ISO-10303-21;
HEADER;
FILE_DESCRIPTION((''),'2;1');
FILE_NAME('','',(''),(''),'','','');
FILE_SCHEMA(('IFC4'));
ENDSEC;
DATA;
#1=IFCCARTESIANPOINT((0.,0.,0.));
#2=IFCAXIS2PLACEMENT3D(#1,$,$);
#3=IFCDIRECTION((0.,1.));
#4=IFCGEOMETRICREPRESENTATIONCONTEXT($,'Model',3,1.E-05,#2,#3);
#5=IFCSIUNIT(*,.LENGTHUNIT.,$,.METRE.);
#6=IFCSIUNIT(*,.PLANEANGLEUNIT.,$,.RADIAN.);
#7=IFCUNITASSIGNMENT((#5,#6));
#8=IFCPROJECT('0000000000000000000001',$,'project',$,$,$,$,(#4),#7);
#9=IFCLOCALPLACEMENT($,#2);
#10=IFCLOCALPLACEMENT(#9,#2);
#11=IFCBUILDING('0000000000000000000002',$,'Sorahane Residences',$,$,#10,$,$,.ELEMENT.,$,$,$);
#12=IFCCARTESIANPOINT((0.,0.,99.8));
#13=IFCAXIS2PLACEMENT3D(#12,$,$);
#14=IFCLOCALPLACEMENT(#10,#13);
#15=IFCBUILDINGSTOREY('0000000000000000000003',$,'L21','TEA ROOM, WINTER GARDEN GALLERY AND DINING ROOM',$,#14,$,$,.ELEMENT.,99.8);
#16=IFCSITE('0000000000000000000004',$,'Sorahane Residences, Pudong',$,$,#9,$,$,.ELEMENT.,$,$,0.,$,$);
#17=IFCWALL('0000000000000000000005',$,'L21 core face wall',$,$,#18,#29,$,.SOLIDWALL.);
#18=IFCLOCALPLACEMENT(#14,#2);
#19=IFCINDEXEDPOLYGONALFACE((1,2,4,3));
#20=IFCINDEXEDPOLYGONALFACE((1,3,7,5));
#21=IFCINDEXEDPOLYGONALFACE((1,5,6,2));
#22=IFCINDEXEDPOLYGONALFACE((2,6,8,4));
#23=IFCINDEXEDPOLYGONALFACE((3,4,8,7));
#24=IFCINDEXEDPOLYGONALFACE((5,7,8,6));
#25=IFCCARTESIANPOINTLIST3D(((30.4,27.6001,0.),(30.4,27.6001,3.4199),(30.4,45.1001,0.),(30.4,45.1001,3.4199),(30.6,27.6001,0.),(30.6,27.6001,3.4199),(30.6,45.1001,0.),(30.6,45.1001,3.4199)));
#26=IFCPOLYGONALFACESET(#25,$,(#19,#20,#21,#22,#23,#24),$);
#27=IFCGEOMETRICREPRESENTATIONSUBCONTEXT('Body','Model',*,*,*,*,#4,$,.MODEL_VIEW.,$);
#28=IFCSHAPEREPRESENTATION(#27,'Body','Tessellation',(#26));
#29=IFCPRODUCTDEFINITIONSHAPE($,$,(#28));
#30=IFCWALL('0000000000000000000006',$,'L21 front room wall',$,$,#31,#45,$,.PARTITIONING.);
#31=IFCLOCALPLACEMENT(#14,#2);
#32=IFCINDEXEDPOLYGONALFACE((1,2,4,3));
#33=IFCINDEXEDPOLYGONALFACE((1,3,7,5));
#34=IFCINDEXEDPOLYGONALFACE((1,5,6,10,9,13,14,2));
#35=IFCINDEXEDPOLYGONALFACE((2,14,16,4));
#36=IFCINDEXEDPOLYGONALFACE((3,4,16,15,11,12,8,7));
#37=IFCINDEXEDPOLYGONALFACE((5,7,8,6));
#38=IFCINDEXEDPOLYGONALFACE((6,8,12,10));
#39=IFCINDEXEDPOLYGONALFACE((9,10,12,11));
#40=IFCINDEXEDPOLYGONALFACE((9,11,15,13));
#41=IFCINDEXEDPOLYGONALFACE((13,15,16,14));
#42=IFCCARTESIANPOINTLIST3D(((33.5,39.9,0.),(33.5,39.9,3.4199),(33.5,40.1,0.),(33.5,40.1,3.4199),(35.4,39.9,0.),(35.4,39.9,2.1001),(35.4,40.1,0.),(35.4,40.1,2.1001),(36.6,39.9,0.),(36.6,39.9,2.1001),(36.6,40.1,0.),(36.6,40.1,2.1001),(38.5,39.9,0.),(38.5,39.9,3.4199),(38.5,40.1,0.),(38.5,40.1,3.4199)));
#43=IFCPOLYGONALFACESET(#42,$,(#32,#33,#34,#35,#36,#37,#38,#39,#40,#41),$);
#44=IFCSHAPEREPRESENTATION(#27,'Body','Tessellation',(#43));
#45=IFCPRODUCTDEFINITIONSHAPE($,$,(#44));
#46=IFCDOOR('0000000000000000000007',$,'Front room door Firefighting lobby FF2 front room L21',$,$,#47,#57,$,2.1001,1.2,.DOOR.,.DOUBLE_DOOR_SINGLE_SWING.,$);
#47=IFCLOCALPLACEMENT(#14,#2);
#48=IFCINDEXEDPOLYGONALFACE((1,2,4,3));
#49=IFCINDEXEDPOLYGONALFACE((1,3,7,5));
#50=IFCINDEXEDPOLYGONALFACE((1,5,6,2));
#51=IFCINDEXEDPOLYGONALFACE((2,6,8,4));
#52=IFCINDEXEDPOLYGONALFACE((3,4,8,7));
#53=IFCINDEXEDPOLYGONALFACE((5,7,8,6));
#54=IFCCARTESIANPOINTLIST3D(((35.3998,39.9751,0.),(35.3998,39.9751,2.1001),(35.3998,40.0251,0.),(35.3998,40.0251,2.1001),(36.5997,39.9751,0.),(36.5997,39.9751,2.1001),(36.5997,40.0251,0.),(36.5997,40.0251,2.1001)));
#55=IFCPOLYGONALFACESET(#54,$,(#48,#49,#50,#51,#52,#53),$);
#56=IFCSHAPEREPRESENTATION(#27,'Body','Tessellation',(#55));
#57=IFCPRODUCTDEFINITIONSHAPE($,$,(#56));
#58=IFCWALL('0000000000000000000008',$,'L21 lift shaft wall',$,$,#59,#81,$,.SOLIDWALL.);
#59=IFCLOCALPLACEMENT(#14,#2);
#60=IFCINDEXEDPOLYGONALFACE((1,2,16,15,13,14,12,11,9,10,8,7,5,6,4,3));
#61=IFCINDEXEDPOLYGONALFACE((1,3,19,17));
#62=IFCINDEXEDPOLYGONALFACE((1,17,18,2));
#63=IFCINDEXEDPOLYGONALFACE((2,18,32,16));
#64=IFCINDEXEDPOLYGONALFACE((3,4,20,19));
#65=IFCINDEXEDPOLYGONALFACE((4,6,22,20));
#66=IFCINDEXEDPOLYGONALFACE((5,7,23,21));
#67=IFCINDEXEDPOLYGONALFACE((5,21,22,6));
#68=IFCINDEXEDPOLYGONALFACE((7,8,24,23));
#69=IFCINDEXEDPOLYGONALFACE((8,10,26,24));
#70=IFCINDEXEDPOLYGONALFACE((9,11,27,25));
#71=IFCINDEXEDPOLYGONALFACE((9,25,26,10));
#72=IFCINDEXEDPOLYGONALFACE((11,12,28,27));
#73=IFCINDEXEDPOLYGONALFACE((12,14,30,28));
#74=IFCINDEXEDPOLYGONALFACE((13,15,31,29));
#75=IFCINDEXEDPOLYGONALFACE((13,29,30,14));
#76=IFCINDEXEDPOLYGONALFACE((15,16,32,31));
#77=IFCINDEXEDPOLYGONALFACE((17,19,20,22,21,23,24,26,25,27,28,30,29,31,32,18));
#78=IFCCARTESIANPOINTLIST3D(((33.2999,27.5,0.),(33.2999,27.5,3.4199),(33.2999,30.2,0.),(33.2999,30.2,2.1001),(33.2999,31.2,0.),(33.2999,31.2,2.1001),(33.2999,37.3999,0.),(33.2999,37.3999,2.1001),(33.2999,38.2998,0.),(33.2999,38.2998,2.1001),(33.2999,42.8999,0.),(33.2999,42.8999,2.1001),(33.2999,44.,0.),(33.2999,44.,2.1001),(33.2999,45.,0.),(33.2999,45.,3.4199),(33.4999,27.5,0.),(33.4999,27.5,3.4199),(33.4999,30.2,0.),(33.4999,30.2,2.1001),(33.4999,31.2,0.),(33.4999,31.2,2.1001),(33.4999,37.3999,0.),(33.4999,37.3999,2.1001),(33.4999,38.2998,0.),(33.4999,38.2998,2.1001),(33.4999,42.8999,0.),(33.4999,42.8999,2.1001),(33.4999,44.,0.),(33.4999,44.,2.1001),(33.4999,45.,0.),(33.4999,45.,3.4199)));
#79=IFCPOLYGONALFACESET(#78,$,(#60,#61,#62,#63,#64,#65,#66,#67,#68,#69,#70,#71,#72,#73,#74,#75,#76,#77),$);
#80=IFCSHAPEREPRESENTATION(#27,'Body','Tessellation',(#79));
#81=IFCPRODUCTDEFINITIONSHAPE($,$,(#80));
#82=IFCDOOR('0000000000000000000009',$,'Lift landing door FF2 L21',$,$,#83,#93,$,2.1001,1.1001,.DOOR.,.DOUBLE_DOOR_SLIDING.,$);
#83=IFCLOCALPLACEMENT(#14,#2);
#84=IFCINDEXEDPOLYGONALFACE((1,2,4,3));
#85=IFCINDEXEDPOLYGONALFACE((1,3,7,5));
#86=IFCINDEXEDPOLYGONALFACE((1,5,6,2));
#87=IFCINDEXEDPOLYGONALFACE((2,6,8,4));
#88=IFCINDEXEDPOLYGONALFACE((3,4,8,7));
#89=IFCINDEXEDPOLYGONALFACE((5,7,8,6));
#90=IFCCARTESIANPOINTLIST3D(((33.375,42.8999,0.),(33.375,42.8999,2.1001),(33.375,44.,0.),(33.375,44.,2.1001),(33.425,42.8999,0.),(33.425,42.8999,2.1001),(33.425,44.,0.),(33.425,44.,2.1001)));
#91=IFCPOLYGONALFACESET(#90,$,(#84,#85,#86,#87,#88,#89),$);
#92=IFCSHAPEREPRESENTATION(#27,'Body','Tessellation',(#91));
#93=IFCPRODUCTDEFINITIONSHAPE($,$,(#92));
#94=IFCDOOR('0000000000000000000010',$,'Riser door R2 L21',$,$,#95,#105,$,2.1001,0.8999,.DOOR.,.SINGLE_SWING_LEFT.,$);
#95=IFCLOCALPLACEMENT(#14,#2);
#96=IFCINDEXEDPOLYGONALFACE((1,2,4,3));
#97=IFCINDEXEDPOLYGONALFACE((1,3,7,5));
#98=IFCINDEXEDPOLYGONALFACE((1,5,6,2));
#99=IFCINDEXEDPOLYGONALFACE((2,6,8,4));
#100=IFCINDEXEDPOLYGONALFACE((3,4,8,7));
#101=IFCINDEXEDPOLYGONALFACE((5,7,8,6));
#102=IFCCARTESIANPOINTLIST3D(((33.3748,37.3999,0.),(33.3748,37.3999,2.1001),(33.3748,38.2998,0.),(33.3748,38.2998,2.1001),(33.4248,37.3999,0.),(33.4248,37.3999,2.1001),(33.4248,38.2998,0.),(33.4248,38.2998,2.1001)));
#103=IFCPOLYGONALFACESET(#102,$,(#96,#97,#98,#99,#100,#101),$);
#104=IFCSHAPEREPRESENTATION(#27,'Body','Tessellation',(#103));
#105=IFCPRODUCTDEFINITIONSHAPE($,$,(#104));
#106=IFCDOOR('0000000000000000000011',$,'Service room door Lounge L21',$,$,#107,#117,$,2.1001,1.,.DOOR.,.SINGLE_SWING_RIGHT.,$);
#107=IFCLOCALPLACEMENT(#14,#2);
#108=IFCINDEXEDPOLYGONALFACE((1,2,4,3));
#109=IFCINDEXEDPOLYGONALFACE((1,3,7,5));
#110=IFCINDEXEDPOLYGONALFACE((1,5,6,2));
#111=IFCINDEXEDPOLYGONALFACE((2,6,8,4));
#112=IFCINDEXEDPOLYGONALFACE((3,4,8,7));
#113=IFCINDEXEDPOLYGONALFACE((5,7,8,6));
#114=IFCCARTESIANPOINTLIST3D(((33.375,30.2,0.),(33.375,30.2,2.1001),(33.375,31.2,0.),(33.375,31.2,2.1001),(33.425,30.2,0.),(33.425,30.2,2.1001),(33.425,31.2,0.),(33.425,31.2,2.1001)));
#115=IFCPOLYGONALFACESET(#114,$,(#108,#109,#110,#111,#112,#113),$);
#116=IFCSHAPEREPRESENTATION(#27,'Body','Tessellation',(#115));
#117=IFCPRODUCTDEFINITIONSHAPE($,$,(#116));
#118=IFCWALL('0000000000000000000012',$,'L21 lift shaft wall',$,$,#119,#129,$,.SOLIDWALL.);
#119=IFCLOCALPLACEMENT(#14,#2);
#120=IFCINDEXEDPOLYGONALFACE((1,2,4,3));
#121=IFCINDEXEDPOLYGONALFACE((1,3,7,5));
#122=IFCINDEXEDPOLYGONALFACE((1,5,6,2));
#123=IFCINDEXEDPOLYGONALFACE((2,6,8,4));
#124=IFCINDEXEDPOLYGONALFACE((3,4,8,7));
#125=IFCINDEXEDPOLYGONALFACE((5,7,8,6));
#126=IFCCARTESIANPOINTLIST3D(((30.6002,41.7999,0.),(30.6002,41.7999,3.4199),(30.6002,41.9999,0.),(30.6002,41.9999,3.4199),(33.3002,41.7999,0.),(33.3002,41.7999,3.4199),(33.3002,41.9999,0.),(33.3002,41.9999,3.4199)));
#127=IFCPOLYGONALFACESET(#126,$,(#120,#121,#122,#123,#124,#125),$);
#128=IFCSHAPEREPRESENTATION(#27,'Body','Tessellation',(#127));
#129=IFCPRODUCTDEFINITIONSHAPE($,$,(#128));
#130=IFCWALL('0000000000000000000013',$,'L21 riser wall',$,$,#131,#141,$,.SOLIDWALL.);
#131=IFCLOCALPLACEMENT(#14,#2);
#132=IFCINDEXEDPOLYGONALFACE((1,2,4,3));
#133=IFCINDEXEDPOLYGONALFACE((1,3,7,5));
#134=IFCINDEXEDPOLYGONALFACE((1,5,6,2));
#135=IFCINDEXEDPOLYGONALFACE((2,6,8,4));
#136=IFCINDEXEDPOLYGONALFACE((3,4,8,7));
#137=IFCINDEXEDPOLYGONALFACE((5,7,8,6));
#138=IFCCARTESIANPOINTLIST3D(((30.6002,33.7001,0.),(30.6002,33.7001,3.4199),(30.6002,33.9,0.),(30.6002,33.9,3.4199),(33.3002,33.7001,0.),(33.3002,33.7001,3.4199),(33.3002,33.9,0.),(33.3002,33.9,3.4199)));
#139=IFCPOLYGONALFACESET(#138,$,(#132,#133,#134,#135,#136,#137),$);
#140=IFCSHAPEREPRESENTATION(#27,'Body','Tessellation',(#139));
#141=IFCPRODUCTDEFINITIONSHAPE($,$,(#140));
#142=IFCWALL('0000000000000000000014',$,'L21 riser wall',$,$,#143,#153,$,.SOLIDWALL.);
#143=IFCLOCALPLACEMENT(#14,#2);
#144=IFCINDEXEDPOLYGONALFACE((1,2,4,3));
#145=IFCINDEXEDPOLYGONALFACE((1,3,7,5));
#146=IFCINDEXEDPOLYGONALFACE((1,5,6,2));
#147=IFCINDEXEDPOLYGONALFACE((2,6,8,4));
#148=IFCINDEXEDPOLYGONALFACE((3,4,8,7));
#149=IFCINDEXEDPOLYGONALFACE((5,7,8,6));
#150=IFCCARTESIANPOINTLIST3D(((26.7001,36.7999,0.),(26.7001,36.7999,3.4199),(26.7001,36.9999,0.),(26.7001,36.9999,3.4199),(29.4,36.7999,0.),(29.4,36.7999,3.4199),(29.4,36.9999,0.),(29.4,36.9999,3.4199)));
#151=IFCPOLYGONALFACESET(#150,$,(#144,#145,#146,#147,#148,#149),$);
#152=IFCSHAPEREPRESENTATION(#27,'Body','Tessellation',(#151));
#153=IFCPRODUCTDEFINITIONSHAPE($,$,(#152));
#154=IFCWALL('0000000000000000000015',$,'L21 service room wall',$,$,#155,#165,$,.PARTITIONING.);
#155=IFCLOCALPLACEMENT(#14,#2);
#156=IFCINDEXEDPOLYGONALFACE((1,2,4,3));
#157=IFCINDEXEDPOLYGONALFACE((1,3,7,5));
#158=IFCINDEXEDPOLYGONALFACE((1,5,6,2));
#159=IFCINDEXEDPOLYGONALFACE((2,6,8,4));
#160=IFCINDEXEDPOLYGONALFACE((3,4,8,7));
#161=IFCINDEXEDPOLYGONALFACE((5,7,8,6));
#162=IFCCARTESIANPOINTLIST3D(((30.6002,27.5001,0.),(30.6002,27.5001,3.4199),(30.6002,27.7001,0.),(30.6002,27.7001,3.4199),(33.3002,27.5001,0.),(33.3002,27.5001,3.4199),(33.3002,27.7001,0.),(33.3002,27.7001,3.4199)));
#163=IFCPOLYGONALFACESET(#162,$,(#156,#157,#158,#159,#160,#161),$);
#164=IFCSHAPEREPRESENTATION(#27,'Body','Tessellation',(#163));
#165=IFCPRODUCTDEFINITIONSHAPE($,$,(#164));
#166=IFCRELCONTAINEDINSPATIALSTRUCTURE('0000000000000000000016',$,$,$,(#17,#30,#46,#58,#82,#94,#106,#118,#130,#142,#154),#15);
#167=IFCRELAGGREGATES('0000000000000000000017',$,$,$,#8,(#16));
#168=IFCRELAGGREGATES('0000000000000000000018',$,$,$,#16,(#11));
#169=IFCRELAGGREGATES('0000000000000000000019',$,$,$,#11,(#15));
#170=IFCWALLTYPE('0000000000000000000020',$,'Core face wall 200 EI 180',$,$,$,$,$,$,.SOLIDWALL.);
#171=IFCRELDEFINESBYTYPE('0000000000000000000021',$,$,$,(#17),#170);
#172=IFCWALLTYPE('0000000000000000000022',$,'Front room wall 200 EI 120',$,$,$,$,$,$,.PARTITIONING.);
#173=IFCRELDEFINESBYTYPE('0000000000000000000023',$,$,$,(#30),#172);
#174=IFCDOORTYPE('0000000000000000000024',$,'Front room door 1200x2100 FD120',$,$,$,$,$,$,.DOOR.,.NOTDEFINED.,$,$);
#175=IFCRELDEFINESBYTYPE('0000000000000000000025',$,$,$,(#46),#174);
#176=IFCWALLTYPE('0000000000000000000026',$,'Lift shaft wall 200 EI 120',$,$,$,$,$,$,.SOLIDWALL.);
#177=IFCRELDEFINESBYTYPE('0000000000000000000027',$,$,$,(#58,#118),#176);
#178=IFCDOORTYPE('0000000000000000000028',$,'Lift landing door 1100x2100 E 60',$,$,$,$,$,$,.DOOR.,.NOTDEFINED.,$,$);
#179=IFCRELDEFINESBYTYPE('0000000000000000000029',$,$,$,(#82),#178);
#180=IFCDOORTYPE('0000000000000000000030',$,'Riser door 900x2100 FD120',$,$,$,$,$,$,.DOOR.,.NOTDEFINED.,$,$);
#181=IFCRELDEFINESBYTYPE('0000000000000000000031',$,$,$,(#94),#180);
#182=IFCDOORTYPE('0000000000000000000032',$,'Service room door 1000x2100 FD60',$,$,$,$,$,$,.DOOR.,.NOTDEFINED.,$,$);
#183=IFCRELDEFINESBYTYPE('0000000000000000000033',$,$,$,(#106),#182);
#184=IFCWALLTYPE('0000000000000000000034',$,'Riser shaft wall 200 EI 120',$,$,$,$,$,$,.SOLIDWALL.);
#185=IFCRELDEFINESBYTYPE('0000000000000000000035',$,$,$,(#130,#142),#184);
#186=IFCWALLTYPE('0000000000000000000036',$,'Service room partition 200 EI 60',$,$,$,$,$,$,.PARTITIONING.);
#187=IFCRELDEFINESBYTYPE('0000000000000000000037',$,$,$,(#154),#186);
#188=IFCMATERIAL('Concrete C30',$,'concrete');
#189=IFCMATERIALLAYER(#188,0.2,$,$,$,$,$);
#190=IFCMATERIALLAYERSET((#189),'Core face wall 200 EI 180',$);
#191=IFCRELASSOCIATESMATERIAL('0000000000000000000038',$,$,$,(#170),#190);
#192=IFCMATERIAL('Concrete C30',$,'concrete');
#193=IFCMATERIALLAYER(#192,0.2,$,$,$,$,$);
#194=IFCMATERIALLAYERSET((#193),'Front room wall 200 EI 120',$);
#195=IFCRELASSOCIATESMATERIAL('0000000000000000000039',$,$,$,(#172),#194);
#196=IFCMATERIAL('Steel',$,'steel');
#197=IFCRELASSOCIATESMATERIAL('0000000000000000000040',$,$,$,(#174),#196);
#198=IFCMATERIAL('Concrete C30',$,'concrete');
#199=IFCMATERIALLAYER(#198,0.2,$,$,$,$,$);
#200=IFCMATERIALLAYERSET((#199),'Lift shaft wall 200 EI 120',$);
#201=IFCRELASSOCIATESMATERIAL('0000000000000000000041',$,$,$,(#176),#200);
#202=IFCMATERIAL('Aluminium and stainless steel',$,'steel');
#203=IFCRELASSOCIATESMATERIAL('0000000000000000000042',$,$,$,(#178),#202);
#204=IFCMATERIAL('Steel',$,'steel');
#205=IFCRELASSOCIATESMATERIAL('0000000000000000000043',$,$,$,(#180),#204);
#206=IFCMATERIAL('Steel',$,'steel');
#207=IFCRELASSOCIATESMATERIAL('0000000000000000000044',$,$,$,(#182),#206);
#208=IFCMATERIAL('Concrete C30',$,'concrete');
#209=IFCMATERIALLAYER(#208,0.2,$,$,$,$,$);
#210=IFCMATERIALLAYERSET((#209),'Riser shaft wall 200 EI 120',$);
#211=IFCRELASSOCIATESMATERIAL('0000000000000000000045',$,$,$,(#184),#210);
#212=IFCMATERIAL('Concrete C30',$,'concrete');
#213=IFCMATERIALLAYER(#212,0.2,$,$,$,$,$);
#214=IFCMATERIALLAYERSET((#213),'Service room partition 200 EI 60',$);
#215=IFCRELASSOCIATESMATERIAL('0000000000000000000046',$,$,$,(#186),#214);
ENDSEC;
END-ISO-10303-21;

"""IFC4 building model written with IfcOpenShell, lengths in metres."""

from ifc_helpers import new_model, si_unit, direction, frame, frame_2d, origin, place, context, subcontext, project, spatial, rectangle, extrude, material, layer, layer_set, type_object, element, fill, save


model = new_model("IFC4")

# Units and contexts
model_context = context("Model", 3, precision=1e-05, world=origin(), true_north=direction((0.0, 1.0)))
body_context = subcontext(model_context, "Body", "Model", "MODEL_VIEW")
ifc_project = project(units=[si_unit("LENGTHUNIT", "METRE"), si_unit("PLANEANGLEUNIT", "RADIAN")], contexts=[model_context])

# Site, building, storey
site_placement = place(None, origin())
site = spatial("IfcSite", under=ifc_project, at=site_placement, Name="Sorahane Residences, Pudong", CompositionType="ELEMENT", RefElevation=0.0)
building_placement = place(site_placement, origin())
building = spatial("IfcBuilding", under=site, at=building_placement, Name="Sorahane Residences", CompositionType="ELEMENT")
storey_placement = place(building_placement, frame((0.0, 0.0, 99.8)))
storey = spatial("IfcBuildingStorey", under=building, at=storey_placement, Name="L21", Description="TEA ROOM, WINTER GARDEN GALLERY AND DINING ROOM", CompositionType="ELEMENT", Elevation=99.8)

# Wall
ifc_material_1 = material(Name="Concrete C30", Category="concrete")
ifc_layer_1 = layer(ifc_material_1, 0.2)
ifc_layer_set_1 = layer_set([ifc_layer_1], Name="Core face wall 200 EI 180")
wall_type_1 = type_object("IfcWallType", Name="Core face wall 200 EI 180", PredefinedType="SOLIDWALL", material=ifc_layer_set_1)
for number, where, z_axis, x_axis, name in (
    (1, (30.5, 27.6001, 0.0), (0.0, 0.0, 1.0), (0.0, 1.0, 0.0), "L21 core face wall"),
):
    element("IfcWall", number, at=place(storey_placement, frame(where, z_axis=z_axis, x_axis=x_axis)), inside=storey, type_object=wall_type_1, Name=name, PredefinedType="SOLIDWALL", context=body_context, shape_type="SweptSolid", body=[
        extrude(rectangle(XDim=17.5, YDim=0.2, at=frame_2d((8.75, 0.0))), origin(), (0.0, 0.0, 1.0), 3.4199),
    ])

# Wall, opening, door
ifc_material_2 = material(Name="Concrete C30", Category="concrete")
ifc_layer_2 = layer(ifc_material_2, 0.2)
ifc_layer_set_2 = layer_set([ifc_layer_2], Name="Front room wall 200 EI 120")
wall_type_2 = type_object("IfcWallType", Name="Front room wall 200 EI 120", PredefinedType="PARTITIONING", material=ifc_layer_set_2)
wall_1_placement = place(storey_placement, frame((33.5, 40.0, 0.0), z_axis=(0.0, 0.0, 1.0), x_axis=(1.0, 0.0, 0.0)))
wall_1 = element("IfcWall", 2, at=wall_1_placement, inside=storey, type_object=wall_type_2, Name="L21 front room wall", PredefinedType="PARTITIONING", context=body_context, shape_type="SweptSolid", body=[
    extrude(rectangle(XDim=5.0, YDim=0.2, at=frame_2d((2.5, 0.0))), origin(), (0.0, 0.0, 1.0), 3.4199),
])
opening_1_placement = place(wall_1_placement, frame((1.8999, 0.0, 0.0)))
opening_1 = element("IfcOpeningElement", 3, at=opening_1_placement, cuts=wall_1, PredefinedType="OPENING", context=body_context, shape_type="SweptSolid", body=[
    extrude(rectangle(XDim=1.2, YDim=2.1001, at=frame_2d((0.6001, 1.05))), frame((0.0, 0.1099, 0.0), z_axis=(0.0, -1.0, 0.0), x_axis=(1.0, 0.0, 0.0)), (0.0, 0.0, 1.0), 0.22),
])
ifc_material_3 = material(Name="Steel", Category="steel")
door_type_1 = type_object("IfcDoorType", Name="Front room door 1200x2100 FD120", OperationType="NOTDEFINED", PredefinedType="DOOR", material=ifc_material_3)
door_1_placement = place(opening_1_placement, frame((1.2, 0.0, 0.0), z_axis=(0.0, 0.0, 1.0), x_axis=(-1.0, 0.0, 0.0)))
door_1 = element("IfcDoor", 4, at=door_1_placement, inside=storey, type_object=door_type_1, Name="Front room door Firefighting lobby FF2 front room L21", OperationType="DOUBLE_DOOR_SINGLE_SWING", OverallHeight=2.1001, OverallWidth=1.2, PredefinedType="DOOR", context=body_context, shape_type="SweptSolid", body=[
    extrude(rectangle(XDim=1.2, YDim=2.1001, at=frame_2d((0.6001, 1.05))), frame((0.0, 0.0249, 0.0), z_axis=(0.0, -1.0, 0.0), x_axis=(1.0, 0.0, 0.0)), (0.0, 0.0, 1.0), 0.05),
])
fill(opening_1, door_1)

# Wall, openings, doors
ifc_material_4 = material(Name="Concrete C30", Category="concrete")
ifc_layer_3 = layer(ifc_material_4, 0.2)
ifc_layer_set_3 = layer_set([ifc_layer_3], Name="Lift shaft wall 200 EI 120")
wall_type_3 = type_object("IfcWallType", Name="Lift shaft wall 200 EI 120", PredefinedType="SOLIDWALL", material=ifc_layer_set_3)
wall_2_placement = place(storey_placement, frame((33.3999, 27.5, 0.0), z_axis=(0.0, 0.0, 1.0), x_axis=(0.0, 1.0, 0.0)))
wall_2 = element("IfcWall", 5, at=wall_2_placement, inside=storey, type_object=wall_type_3, Name="L21 lift shaft wall", PredefinedType="SOLIDWALL", context=body_context, shape_type="SweptSolid", body=[
    extrude(rectangle(XDim=17.5, YDim=0.2, at=frame_2d((8.75, 0.0))), origin(), (0.0, 0.0, 1.0), 3.4199),
])
opening_2_placement = place(wall_2_placement, frame((15.3999, 0.0, 0.0)))
opening_2 = element("IfcOpeningElement", 6, at=opening_2_placement, cuts=wall_2, PredefinedType="OPENING", context=body_context, shape_type="SweptSolid", body=[
    extrude(rectangle(XDim=1.1001, YDim=2.1001, at=frame_2d((0.55, 1.05))), frame((0.0, 0.1099, 0.0), z_axis=(0.0, -1.0, 0.0), x_axis=(1.0, 0.0, 0.0)), (0.0, 0.0, 1.0), 0.22),
])
opening_3_placement = place(wall_2_placement, frame((2.7, 0.0, 0.0)))
opening_3 = element("IfcOpeningElement", 7, at=opening_3_placement, cuts=wall_2, PredefinedType="OPENING", context=body_context, shape_type="SweptSolid", body=[
    extrude(rectangle(XDim=1.0, YDim=2.1001, at=frame_2d((0.5, 1.05))), frame((0.0, 0.1099, 0.0), z_axis=(0.0, -1.0, 0.0), x_axis=(1.0, 0.0, 0.0)), (0.0, 0.0, 1.0), 0.22),
])
opening_4_placement = place(wall_2_placement, frame((9.8999, 0.0, 0.0)))
opening_4 = element("IfcOpeningElement", 8, at=opening_4_placement, cuts=wall_2, PredefinedType="OPENING", context=body_context, shape_type="SweptSolid", body=[
    extrude(rectangle(XDim=0.8999, YDim=2.1001, at=frame_2d((0.45, 1.05))), frame((0.0, 0.1099, 0.0), z_axis=(0.0, -1.0, 0.0), x_axis=(1.0, 0.0, 0.0)), (0.0, 0.0, 1.0), 0.22),
])
ifc_material_5 = material(Name="Aluminium and stainless steel", Category="steel")
door_type_2 = type_object("IfcDoorType", Name="Lift landing door 1100x2100 E 60", OperationType="NOTDEFINED", PredefinedType="DOOR", material=ifc_material_5)
door_2_placement = place(opening_2_placement, origin())
door_2 = element("IfcDoor", 9, at=door_2_placement, inside=storey, type_object=door_type_2, Name="Lift landing door FF2 L21", OperationType="DOUBLE_DOOR_SLIDING", OverallHeight=2.1001, OverallWidth=1.1001, PredefinedType="DOOR", context=body_context, shape_type="SweptSolid", body=[
    extrude(rectangle(XDim=1.1001, YDim=2.1001, at=frame_2d((0.55, 1.05))), frame((0.0, 0.0249, 0.0), z_axis=(0.0, -1.0, 0.0), x_axis=(1.0, 0.0, 0.0)), (0.0, 0.0, 1.0), 0.05),
])
fill(opening_2, door_2)
ifc_material_6 = material(Name="Steel", Category="steel")
door_type_3 = type_object("IfcDoorType", Name="Riser door 900x2100 FD120", OperationType="NOTDEFINED", PredefinedType="DOOR", material=ifc_material_6)
door_3_placement = place(opening_4_placement, frame((0.8999, 0.0, 0.0), z_axis=(0.0, 0.0, 1.0), x_axis=(-1.0, 0.0, 0.0)))
door_3 = element("IfcDoor", 10, at=door_3_placement, inside=storey, type_object=door_type_3, Name="Riser door R2 L21", OperationType="SINGLE_SWING_LEFT", OverallHeight=2.1001, OverallWidth=0.8999, PredefinedType="DOOR", context=body_context, shape_type="SweptSolid", body=[
    extrude(rectangle(XDim=0.8999, YDim=2.1001, at=frame_2d((0.45, 1.05))), frame((0.0, 0.0249, 0.0), z_axis=(0.0, -1.0, 0.0), x_axis=(1.0, 0.0, 0.0)), (0.0, 0.0, 1.0), 0.05),
])
fill(opening_4, door_3)
ifc_material_7 = material(Name="Steel", Category="steel")
door_type_4 = type_object("IfcDoorType", Name="Service room door 1000x2100 FD60", OperationType="NOTDEFINED", PredefinedType="DOOR", material=ifc_material_7)
door_4_placement = place(opening_3_placement, origin())
door_4 = element("IfcDoor", 11, at=door_4_placement, inside=storey, type_object=door_type_4, Name="Service room door Lounge L21", OperationType="SINGLE_SWING_RIGHT", OverallHeight=2.1001, OverallWidth=1.0, PredefinedType="DOOR", context=body_context, shape_type="SweptSolid", body=[
    extrude(rectangle(XDim=1.0, YDim=2.1001, at=frame_2d((0.5, 1.05))), frame((0.0, 0.0249, 0.0), z_axis=(0.0, -1.0, 0.0), x_axis=(1.0, 0.0, 0.0)), (0.0, 0.0, 1.0), 0.05),
])
fill(opening_3, door_4)

# Walls
wall_3_placement = place(storey_placement, frame((30.6001, 41.8999, 0.0), z_axis=(0.0, 0.0, 1.0), x_axis=(1.0, 0.0, 0.0)))
element("IfcWall", 12, at=wall_3_placement, inside=storey, type_object=wall_type_3, Name="L21 lift shaft wall", PredefinedType="SOLIDWALL", context=body_context, shape_type="SweptSolid", body=[
    extrude(rectangle(XDim=2.7, YDim=0.2, at=frame_2d((1.3501, 0.0))), origin(), (0.0, 0.0, 1.0), 3.4199),
])
ifc_material_8 = material(Name="Concrete C30", Category="concrete")
ifc_layer_4 = layer(ifc_material_8, 0.2)
ifc_layer_set_4 = layer_set([ifc_layer_4], Name="Riser shaft wall 200 EI 120")
wall_type_4 = type_object("IfcWallType", Name="Riser shaft wall 200 EI 120", PredefinedType="SOLIDWALL", material=ifc_layer_set_4)
for number, where, z_axis, x_axis, name in (
    (13, (30.6001, 33.8, 0.0), (0.0, 0.0, 1.0), (1.0, 0.0, 0.0), "L21 riser wall"),
    (14, (26.7, 36.8999, 0.0), (0.0, 0.0, 1.0), (1.0, 0.0, 0.0), "L21 riser wall"),
):
    element("IfcWall", number, at=place(storey_placement, frame(where, z_axis=z_axis, x_axis=x_axis)), inside=storey, type_object=wall_type_4, Name=name, PredefinedType="SOLIDWALL", context=body_context, shape_type="SweptSolid", body=[
        extrude(rectangle(XDim=2.7, YDim=0.2, at=frame_2d((1.3501, 0.0))), origin(), (0.0, 0.0, 1.0), 3.4199),
    ])
ifc_material_9 = material(Name="Concrete C30", Category="concrete")
ifc_layer_5 = layer(ifc_material_9, 0.2)
ifc_layer_set_5 = layer_set([ifc_layer_5], Name="Service room partition 200 EI 60")
wall_type_5 = type_object("IfcWallType", Name="Service room partition 200 EI 60", PredefinedType="PARTITIONING", material=ifc_layer_set_5)
for number, where, z_axis, x_axis, name in (
    (15, (30.6001, 27.6001, 0.0), (0.0, 0.0, 1.0), (1.0, 0.0, 0.0), "L21 service room wall"),
):
    element("IfcWall", number, at=place(storey_placement, frame(where, z_axis=z_axis, x_axis=x_axis)), inside=storey, type_object=wall_type_5, Name=name, PredefinedType="PARTITIONING", context=body_context, shape_type="SweptSolid", body=[
        extrude(rectangle(XDim=2.7, YDim=0.2, at=frame_2d((1.3501, 0.0))), origin(), (0.0, 0.0, 1.0), 3.4199),
    ])

save(model, "model.ifc")
